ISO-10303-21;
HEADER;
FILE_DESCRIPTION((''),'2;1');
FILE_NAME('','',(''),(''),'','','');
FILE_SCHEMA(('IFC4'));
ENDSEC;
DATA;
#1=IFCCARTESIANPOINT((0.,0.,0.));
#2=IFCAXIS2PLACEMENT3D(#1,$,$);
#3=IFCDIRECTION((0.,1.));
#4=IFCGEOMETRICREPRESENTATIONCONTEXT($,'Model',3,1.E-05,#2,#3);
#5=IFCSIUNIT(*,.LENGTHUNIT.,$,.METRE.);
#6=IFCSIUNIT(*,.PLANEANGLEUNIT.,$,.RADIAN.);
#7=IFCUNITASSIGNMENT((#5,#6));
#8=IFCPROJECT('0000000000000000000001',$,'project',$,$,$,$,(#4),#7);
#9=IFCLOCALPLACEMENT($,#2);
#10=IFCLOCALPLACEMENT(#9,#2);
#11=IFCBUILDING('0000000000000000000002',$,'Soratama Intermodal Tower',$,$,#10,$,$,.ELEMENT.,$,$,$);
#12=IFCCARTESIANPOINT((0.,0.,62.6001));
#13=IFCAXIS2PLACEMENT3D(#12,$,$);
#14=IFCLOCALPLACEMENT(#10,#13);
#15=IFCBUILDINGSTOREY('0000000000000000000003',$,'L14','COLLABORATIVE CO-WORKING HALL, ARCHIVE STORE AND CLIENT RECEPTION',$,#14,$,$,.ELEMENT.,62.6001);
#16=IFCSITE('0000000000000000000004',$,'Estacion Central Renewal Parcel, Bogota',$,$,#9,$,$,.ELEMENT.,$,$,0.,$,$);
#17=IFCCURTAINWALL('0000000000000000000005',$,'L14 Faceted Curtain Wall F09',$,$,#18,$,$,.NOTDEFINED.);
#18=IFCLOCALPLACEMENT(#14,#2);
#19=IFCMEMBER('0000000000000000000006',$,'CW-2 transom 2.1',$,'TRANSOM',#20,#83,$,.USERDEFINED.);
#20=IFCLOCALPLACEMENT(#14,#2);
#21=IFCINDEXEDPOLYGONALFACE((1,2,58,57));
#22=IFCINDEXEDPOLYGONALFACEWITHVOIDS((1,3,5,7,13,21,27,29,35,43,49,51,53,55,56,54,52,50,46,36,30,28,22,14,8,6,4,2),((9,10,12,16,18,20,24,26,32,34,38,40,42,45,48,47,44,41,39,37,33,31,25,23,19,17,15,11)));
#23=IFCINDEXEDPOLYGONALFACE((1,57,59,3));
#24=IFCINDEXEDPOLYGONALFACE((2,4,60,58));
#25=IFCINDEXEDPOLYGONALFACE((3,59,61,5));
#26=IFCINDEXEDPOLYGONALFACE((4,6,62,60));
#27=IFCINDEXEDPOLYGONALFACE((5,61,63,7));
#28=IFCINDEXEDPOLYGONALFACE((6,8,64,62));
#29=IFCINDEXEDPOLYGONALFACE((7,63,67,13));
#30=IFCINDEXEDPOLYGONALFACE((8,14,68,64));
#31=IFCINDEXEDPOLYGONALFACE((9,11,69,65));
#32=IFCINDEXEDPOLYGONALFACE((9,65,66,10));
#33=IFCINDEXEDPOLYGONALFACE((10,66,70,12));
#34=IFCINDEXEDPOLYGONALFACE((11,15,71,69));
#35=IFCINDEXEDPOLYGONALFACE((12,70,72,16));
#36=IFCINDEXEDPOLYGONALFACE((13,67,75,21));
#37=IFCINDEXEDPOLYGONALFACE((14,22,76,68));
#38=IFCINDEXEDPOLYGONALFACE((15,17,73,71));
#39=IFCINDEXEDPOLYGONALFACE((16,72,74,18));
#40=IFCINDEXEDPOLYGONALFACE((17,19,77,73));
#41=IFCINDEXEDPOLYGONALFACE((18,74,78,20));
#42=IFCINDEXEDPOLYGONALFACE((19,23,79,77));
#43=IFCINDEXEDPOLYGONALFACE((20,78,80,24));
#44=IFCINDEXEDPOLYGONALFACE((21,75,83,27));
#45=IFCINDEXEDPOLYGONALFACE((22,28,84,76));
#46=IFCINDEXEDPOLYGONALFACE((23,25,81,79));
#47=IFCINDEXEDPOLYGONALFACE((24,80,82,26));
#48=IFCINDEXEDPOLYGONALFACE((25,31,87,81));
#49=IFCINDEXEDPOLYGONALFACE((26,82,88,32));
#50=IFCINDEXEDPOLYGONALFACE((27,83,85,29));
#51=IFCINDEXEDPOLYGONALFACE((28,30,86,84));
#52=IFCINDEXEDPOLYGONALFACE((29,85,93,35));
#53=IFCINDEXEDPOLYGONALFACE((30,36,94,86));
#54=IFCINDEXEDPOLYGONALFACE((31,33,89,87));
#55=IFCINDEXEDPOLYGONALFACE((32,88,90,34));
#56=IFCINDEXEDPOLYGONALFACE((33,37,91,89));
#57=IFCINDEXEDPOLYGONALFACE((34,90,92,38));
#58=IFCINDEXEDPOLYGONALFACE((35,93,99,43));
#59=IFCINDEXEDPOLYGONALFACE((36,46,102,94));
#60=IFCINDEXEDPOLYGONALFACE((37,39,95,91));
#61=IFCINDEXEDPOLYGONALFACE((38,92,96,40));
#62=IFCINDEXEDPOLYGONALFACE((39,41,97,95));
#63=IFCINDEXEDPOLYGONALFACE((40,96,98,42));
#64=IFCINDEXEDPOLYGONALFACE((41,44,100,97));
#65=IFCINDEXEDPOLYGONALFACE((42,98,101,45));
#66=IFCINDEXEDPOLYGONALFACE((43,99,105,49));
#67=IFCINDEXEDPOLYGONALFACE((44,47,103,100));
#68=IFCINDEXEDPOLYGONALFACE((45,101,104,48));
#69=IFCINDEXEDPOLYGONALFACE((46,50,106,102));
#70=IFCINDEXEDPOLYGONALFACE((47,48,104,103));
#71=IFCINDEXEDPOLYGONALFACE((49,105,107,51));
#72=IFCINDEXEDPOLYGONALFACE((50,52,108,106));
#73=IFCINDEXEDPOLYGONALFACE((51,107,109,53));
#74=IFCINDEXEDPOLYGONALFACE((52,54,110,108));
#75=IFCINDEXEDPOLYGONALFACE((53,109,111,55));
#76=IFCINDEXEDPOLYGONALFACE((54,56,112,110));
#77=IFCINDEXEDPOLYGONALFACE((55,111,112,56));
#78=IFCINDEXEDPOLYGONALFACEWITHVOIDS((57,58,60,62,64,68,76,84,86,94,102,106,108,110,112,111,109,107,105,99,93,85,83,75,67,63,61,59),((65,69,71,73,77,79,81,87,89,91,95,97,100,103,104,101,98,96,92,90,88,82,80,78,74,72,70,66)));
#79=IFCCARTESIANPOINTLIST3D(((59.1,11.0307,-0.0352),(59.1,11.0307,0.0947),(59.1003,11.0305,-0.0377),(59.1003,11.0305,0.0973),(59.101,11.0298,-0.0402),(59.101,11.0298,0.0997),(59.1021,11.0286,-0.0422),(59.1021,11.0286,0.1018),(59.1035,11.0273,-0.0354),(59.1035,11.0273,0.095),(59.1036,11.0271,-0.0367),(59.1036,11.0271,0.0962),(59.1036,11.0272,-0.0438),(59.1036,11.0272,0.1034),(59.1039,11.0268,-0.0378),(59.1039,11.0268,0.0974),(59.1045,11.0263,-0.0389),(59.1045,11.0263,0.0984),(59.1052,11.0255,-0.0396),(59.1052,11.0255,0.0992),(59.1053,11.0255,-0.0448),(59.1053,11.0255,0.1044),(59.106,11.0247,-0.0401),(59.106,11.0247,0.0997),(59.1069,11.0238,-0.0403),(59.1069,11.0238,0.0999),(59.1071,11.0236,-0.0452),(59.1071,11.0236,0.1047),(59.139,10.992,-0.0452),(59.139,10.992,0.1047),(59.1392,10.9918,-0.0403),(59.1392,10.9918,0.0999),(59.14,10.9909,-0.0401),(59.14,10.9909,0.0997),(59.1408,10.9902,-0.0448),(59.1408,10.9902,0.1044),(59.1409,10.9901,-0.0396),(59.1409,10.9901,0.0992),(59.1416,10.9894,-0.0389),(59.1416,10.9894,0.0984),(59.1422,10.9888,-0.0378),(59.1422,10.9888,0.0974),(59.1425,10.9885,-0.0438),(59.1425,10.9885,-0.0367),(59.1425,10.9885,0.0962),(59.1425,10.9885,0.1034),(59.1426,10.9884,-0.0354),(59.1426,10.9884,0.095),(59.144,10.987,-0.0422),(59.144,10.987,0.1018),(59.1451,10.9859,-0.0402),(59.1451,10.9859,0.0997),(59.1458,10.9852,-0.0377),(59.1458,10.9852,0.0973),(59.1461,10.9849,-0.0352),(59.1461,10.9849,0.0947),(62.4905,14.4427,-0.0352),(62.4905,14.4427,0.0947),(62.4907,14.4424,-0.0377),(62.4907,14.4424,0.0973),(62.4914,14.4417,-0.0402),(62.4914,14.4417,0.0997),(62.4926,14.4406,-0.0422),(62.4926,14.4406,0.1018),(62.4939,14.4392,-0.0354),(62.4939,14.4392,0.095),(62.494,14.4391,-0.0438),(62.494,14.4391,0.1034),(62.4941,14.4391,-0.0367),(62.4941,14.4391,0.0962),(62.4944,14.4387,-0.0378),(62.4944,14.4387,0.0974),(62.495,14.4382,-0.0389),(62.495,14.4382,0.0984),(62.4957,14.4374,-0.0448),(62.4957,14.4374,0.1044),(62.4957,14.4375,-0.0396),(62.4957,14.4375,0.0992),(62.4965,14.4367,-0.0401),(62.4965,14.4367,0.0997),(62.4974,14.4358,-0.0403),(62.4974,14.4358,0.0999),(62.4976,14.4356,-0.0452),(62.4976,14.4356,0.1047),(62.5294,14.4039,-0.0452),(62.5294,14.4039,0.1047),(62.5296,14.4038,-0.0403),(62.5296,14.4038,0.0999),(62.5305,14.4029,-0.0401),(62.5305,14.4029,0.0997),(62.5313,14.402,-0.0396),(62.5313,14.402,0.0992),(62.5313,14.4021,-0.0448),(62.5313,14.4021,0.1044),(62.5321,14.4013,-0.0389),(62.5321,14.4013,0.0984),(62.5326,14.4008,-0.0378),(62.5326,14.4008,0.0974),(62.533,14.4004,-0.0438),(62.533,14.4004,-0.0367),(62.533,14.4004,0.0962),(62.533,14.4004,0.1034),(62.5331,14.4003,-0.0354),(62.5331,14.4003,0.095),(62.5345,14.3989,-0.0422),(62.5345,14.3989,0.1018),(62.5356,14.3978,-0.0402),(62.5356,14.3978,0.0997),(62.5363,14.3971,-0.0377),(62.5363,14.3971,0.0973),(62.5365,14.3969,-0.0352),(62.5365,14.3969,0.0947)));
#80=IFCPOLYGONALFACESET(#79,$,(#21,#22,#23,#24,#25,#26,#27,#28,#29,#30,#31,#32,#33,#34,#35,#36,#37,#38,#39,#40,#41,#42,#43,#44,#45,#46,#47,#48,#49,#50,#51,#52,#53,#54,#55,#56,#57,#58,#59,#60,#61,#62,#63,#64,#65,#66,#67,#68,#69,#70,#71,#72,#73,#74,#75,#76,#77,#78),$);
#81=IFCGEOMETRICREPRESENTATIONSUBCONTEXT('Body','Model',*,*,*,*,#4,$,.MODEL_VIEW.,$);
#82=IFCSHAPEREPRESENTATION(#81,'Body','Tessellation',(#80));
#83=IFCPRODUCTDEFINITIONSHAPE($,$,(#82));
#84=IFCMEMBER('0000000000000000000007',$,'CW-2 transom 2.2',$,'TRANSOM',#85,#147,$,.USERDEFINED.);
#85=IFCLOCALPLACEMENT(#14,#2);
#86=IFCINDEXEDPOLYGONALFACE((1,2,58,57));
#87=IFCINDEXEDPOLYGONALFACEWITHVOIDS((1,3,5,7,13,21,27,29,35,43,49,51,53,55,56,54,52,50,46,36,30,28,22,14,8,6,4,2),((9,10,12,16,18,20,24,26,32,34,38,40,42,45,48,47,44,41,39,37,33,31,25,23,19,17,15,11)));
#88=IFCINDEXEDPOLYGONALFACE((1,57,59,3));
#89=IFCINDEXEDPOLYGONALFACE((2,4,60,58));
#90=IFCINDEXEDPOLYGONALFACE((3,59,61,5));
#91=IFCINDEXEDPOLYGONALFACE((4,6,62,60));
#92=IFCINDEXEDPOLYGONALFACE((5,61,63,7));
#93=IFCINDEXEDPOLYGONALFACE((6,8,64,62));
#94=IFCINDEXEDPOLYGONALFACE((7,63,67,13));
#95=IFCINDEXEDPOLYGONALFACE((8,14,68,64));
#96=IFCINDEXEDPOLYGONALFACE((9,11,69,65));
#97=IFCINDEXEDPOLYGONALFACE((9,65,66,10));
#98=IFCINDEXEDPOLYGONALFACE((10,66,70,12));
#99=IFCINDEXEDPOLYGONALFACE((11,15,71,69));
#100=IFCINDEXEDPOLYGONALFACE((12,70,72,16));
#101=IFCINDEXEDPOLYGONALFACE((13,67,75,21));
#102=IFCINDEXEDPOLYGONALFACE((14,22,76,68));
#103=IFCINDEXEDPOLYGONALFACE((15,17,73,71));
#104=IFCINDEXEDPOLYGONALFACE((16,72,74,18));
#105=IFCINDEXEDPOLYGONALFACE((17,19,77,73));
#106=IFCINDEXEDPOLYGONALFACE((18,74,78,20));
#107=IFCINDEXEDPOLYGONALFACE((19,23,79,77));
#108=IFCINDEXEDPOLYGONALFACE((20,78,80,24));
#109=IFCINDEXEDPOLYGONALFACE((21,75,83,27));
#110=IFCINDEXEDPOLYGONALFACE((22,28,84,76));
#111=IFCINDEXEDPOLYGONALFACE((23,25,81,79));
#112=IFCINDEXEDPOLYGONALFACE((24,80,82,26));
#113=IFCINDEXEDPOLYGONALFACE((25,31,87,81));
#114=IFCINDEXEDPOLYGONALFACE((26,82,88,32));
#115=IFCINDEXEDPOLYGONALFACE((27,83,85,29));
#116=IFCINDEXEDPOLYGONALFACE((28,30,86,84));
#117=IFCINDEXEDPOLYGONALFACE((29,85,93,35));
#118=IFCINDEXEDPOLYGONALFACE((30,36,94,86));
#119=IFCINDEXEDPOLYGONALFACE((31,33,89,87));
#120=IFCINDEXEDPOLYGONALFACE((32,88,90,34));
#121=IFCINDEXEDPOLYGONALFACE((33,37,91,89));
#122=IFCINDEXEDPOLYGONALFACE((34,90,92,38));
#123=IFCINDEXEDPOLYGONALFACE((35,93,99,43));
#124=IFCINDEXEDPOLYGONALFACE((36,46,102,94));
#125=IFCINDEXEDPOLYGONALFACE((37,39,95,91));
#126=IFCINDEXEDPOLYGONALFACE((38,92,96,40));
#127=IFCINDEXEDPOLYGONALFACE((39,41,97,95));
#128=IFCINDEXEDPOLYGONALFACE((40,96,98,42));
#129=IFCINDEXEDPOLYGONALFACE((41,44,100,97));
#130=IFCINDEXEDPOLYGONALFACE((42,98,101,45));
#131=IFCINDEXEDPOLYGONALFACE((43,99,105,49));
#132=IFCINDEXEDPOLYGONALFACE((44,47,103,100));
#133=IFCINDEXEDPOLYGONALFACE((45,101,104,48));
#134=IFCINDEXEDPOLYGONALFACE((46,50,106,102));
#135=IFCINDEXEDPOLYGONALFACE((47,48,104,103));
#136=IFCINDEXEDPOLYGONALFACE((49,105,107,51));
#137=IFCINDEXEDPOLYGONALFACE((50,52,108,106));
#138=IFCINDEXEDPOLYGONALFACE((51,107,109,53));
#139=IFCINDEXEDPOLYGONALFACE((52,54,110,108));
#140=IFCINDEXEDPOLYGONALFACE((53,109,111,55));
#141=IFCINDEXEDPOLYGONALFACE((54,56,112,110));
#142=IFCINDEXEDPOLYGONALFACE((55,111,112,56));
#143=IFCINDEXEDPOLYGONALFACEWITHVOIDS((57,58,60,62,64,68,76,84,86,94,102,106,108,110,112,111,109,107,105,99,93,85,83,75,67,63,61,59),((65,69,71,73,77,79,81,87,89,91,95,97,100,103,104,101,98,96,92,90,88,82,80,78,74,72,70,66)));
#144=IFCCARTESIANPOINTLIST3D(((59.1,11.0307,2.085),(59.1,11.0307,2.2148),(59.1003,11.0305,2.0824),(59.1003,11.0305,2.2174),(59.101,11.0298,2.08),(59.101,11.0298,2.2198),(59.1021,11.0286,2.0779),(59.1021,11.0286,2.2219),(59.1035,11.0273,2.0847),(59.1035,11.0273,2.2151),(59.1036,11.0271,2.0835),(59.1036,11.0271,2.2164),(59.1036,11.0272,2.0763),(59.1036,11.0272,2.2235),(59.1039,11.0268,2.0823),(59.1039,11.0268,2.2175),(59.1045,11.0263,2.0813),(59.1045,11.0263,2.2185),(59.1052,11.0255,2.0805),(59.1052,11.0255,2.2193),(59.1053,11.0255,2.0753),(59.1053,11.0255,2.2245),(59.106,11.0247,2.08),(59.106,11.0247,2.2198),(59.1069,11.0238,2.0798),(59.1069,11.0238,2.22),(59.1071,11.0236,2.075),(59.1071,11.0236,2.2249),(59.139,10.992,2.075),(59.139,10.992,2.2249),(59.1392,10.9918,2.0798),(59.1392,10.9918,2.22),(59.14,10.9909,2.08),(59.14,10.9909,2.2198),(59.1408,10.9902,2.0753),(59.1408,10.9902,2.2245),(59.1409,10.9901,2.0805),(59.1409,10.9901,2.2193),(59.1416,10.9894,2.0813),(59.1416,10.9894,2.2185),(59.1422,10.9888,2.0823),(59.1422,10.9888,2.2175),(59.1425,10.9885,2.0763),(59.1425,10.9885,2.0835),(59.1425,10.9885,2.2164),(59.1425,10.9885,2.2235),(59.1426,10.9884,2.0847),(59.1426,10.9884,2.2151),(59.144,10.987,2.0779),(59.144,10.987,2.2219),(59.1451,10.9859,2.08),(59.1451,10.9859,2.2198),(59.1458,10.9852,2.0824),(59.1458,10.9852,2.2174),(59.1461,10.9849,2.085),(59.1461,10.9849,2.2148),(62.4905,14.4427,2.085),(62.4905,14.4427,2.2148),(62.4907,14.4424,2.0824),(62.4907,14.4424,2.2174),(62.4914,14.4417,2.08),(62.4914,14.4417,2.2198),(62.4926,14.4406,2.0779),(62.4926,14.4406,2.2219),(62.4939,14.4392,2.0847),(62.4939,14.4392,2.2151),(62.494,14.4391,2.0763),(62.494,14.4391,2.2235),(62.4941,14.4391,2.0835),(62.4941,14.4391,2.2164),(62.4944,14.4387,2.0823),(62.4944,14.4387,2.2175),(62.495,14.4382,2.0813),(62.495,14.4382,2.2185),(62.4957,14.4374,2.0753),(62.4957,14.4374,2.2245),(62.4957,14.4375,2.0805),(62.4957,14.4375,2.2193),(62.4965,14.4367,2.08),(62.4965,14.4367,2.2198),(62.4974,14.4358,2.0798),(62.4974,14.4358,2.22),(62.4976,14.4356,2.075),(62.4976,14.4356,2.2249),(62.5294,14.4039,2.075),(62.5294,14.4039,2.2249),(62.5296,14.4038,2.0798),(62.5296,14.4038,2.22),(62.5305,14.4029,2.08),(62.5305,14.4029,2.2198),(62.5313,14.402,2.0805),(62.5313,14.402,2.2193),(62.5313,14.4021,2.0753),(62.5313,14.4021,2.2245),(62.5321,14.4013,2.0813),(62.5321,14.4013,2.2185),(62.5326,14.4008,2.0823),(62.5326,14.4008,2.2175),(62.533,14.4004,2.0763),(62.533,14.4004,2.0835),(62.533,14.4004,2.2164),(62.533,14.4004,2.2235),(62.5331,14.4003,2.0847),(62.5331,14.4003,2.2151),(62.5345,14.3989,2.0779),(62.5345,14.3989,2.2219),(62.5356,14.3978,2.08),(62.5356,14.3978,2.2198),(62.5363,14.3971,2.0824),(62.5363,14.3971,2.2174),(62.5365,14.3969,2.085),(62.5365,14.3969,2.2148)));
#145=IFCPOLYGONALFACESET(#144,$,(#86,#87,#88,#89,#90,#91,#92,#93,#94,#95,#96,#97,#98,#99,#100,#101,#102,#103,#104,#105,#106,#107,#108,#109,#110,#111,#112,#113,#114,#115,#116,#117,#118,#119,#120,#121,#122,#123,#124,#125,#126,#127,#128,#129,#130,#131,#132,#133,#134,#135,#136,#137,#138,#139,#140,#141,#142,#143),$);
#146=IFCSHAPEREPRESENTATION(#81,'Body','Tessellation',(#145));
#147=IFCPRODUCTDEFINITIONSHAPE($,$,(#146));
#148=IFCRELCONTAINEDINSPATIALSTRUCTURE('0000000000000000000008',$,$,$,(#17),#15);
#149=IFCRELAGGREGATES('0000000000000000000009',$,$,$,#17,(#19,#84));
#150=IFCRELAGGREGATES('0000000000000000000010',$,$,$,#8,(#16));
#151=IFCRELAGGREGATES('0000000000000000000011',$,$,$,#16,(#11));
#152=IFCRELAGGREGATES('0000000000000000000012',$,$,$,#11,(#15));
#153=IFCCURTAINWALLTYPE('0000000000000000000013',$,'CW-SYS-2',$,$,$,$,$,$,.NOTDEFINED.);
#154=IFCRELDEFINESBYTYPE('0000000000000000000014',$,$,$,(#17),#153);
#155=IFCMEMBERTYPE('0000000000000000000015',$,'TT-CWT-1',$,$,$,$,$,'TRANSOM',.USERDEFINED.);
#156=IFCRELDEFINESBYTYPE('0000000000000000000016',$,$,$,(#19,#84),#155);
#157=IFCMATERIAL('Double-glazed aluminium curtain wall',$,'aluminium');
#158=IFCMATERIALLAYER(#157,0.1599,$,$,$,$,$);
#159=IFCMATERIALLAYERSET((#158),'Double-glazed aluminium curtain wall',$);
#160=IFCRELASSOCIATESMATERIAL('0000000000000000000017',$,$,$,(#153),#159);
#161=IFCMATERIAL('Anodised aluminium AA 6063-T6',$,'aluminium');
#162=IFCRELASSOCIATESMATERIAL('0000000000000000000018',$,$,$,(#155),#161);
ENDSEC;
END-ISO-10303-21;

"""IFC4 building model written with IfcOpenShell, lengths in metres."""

from ifc_helpers import new_model, si_unit, direction, frame, origin, origin_2d, place, context, subcontext, project, spatial, hollow_rectangle, extrude, material, layer, layer_set, material_profile, profile_set, type_object, element, aggregate, save


model = new_model("IFC4")

# Units and contexts
model_context = context("Model", 3, precision=1e-05, world=origin(), true_north=direction((0.0, 1.0)))
body_context = subcontext(model_context, "Body", "Model", "MODEL_VIEW")
ifc_project = project(units=[si_unit("LENGTHUNIT", "METRE"), si_unit("PLANEANGLEUNIT", "RADIAN")], contexts=[model_context])

# Site, building, storey
site_placement = place(None, origin())
site = spatial("IfcSite", under=ifc_project, at=site_placement, Name="Estacion Central Renewal Parcel, Bogota", CompositionType="ELEMENT", RefElevation=0.0)
building_placement = place(site_placement, origin())
building = spatial("IfcBuilding", under=site, at=building_placement, Name="Soratama Intermodal Tower", CompositionType="ELEMENT")
storey_placement = place(building_placement, frame((0.0, 0.0, 62.6001)))
storey = spatial("IfcBuildingStorey", under=building, at=storey_placement, Name="L14", Description="COLLABORATIVE CO-WORKING HALL, ARCHIVE STORE AND CLIENT RECEPTION", CompositionType="ELEMENT", Elevation=62.6001)

# Curtain wall, members
ifc_material_1 = material(Name="Double-glazed aluminium curtain wall", Category="aluminium")
ifc_layer_1 = layer(ifc_material_1, 0.1599)
ifc_layer_set_1 = layer_set([ifc_layer_1], Name="Double-glazed aluminium curtain wall")
curtain_wall_type = type_object("IfcCurtainWallType", Name="CW-SYS-2", PredefinedType="NOTDEFINED", material=ifc_layer_set_1)
curtain_wall_placement = place(storey_placement, origin())
curtain_wall = element("IfcCurtainWall", 1, at=curtain_wall_placement, inside=storey, type_object=curtain_wall_type, Name="L14 Faceted Curtain Wall F09", PredefinedType="NOTDEFINED")
ifc_material_2 = material(Name="Anodised aluminium AA 6063-T6", Category="aluminium")
ifc_material_profile_1 = material_profile(ifc_material_2, hollow_rectangle(XDim=0.0649, YDim=0.1499, WallThickness=0.0049, InnerFilletRadius=0.0049, OuterFilletRadius=0.01, at=origin_2d()), Name="CWT150X65X5")
ifc_profile_set_1 = profile_set([ifc_material_profile_1], Name="Anodised aluminium AA 6063-T6")
member_type_1 = type_object("IfcMemberType", Name="TT-CWT-1", ElementType="TRANSOM", PredefinedType="USERDEFINED", material=ifc_profile_set_1)
member_1_placement = place(storey_placement, frame((59.123, 11.0078, 0.0298), z_axis=(0.70487, 0.709337, 0.0), x_axis=(-0.709337, 0.70487, 0.0)))
member_1 = element("IfcMember", 2, at=member_1_placement, type_object=member_type_1, Name="CW-2 transom 2.1", ObjectType="TRANSOM", PredefinedType="USERDEFINED", context=body_context, shape_type="SweptSolid", body=[
    extrude(hollow_rectangle(XDim=0.0649, YDim=0.1499, WallThickness=0.0049, InnerFilletRadius=0.0049, OuterFilletRadius=0.01, at=origin_2d()), origin(), (0.0, 0.0, 1.0), 4.8101),
])
member_2_placement = place(storey_placement, frame((59.123, 11.0078, 2.1499), z_axis=(0.70487, 0.709337, 0.0), x_axis=(-0.709337, 0.70487, 0.0)))
member_2 = element("IfcMember", 3, at=member_2_placement, type_object=member_type_1, Name="CW-2 transom 2.2", ObjectType="TRANSOM", PredefinedType="USERDEFINED", context=body_context, shape_type="SweptSolid", body=[
    extrude(hollow_rectangle(XDim=0.0649, YDim=0.1499, WallThickness=0.0049, InnerFilletRadius=0.0049, OuterFilletRadius=0.01, at=origin_2d()), origin(), (0.0, 0.0, 1.0), 4.8101),
])
aggregate(curtain_wall, [member_1, member_2])

save(model, "model.ifc")
